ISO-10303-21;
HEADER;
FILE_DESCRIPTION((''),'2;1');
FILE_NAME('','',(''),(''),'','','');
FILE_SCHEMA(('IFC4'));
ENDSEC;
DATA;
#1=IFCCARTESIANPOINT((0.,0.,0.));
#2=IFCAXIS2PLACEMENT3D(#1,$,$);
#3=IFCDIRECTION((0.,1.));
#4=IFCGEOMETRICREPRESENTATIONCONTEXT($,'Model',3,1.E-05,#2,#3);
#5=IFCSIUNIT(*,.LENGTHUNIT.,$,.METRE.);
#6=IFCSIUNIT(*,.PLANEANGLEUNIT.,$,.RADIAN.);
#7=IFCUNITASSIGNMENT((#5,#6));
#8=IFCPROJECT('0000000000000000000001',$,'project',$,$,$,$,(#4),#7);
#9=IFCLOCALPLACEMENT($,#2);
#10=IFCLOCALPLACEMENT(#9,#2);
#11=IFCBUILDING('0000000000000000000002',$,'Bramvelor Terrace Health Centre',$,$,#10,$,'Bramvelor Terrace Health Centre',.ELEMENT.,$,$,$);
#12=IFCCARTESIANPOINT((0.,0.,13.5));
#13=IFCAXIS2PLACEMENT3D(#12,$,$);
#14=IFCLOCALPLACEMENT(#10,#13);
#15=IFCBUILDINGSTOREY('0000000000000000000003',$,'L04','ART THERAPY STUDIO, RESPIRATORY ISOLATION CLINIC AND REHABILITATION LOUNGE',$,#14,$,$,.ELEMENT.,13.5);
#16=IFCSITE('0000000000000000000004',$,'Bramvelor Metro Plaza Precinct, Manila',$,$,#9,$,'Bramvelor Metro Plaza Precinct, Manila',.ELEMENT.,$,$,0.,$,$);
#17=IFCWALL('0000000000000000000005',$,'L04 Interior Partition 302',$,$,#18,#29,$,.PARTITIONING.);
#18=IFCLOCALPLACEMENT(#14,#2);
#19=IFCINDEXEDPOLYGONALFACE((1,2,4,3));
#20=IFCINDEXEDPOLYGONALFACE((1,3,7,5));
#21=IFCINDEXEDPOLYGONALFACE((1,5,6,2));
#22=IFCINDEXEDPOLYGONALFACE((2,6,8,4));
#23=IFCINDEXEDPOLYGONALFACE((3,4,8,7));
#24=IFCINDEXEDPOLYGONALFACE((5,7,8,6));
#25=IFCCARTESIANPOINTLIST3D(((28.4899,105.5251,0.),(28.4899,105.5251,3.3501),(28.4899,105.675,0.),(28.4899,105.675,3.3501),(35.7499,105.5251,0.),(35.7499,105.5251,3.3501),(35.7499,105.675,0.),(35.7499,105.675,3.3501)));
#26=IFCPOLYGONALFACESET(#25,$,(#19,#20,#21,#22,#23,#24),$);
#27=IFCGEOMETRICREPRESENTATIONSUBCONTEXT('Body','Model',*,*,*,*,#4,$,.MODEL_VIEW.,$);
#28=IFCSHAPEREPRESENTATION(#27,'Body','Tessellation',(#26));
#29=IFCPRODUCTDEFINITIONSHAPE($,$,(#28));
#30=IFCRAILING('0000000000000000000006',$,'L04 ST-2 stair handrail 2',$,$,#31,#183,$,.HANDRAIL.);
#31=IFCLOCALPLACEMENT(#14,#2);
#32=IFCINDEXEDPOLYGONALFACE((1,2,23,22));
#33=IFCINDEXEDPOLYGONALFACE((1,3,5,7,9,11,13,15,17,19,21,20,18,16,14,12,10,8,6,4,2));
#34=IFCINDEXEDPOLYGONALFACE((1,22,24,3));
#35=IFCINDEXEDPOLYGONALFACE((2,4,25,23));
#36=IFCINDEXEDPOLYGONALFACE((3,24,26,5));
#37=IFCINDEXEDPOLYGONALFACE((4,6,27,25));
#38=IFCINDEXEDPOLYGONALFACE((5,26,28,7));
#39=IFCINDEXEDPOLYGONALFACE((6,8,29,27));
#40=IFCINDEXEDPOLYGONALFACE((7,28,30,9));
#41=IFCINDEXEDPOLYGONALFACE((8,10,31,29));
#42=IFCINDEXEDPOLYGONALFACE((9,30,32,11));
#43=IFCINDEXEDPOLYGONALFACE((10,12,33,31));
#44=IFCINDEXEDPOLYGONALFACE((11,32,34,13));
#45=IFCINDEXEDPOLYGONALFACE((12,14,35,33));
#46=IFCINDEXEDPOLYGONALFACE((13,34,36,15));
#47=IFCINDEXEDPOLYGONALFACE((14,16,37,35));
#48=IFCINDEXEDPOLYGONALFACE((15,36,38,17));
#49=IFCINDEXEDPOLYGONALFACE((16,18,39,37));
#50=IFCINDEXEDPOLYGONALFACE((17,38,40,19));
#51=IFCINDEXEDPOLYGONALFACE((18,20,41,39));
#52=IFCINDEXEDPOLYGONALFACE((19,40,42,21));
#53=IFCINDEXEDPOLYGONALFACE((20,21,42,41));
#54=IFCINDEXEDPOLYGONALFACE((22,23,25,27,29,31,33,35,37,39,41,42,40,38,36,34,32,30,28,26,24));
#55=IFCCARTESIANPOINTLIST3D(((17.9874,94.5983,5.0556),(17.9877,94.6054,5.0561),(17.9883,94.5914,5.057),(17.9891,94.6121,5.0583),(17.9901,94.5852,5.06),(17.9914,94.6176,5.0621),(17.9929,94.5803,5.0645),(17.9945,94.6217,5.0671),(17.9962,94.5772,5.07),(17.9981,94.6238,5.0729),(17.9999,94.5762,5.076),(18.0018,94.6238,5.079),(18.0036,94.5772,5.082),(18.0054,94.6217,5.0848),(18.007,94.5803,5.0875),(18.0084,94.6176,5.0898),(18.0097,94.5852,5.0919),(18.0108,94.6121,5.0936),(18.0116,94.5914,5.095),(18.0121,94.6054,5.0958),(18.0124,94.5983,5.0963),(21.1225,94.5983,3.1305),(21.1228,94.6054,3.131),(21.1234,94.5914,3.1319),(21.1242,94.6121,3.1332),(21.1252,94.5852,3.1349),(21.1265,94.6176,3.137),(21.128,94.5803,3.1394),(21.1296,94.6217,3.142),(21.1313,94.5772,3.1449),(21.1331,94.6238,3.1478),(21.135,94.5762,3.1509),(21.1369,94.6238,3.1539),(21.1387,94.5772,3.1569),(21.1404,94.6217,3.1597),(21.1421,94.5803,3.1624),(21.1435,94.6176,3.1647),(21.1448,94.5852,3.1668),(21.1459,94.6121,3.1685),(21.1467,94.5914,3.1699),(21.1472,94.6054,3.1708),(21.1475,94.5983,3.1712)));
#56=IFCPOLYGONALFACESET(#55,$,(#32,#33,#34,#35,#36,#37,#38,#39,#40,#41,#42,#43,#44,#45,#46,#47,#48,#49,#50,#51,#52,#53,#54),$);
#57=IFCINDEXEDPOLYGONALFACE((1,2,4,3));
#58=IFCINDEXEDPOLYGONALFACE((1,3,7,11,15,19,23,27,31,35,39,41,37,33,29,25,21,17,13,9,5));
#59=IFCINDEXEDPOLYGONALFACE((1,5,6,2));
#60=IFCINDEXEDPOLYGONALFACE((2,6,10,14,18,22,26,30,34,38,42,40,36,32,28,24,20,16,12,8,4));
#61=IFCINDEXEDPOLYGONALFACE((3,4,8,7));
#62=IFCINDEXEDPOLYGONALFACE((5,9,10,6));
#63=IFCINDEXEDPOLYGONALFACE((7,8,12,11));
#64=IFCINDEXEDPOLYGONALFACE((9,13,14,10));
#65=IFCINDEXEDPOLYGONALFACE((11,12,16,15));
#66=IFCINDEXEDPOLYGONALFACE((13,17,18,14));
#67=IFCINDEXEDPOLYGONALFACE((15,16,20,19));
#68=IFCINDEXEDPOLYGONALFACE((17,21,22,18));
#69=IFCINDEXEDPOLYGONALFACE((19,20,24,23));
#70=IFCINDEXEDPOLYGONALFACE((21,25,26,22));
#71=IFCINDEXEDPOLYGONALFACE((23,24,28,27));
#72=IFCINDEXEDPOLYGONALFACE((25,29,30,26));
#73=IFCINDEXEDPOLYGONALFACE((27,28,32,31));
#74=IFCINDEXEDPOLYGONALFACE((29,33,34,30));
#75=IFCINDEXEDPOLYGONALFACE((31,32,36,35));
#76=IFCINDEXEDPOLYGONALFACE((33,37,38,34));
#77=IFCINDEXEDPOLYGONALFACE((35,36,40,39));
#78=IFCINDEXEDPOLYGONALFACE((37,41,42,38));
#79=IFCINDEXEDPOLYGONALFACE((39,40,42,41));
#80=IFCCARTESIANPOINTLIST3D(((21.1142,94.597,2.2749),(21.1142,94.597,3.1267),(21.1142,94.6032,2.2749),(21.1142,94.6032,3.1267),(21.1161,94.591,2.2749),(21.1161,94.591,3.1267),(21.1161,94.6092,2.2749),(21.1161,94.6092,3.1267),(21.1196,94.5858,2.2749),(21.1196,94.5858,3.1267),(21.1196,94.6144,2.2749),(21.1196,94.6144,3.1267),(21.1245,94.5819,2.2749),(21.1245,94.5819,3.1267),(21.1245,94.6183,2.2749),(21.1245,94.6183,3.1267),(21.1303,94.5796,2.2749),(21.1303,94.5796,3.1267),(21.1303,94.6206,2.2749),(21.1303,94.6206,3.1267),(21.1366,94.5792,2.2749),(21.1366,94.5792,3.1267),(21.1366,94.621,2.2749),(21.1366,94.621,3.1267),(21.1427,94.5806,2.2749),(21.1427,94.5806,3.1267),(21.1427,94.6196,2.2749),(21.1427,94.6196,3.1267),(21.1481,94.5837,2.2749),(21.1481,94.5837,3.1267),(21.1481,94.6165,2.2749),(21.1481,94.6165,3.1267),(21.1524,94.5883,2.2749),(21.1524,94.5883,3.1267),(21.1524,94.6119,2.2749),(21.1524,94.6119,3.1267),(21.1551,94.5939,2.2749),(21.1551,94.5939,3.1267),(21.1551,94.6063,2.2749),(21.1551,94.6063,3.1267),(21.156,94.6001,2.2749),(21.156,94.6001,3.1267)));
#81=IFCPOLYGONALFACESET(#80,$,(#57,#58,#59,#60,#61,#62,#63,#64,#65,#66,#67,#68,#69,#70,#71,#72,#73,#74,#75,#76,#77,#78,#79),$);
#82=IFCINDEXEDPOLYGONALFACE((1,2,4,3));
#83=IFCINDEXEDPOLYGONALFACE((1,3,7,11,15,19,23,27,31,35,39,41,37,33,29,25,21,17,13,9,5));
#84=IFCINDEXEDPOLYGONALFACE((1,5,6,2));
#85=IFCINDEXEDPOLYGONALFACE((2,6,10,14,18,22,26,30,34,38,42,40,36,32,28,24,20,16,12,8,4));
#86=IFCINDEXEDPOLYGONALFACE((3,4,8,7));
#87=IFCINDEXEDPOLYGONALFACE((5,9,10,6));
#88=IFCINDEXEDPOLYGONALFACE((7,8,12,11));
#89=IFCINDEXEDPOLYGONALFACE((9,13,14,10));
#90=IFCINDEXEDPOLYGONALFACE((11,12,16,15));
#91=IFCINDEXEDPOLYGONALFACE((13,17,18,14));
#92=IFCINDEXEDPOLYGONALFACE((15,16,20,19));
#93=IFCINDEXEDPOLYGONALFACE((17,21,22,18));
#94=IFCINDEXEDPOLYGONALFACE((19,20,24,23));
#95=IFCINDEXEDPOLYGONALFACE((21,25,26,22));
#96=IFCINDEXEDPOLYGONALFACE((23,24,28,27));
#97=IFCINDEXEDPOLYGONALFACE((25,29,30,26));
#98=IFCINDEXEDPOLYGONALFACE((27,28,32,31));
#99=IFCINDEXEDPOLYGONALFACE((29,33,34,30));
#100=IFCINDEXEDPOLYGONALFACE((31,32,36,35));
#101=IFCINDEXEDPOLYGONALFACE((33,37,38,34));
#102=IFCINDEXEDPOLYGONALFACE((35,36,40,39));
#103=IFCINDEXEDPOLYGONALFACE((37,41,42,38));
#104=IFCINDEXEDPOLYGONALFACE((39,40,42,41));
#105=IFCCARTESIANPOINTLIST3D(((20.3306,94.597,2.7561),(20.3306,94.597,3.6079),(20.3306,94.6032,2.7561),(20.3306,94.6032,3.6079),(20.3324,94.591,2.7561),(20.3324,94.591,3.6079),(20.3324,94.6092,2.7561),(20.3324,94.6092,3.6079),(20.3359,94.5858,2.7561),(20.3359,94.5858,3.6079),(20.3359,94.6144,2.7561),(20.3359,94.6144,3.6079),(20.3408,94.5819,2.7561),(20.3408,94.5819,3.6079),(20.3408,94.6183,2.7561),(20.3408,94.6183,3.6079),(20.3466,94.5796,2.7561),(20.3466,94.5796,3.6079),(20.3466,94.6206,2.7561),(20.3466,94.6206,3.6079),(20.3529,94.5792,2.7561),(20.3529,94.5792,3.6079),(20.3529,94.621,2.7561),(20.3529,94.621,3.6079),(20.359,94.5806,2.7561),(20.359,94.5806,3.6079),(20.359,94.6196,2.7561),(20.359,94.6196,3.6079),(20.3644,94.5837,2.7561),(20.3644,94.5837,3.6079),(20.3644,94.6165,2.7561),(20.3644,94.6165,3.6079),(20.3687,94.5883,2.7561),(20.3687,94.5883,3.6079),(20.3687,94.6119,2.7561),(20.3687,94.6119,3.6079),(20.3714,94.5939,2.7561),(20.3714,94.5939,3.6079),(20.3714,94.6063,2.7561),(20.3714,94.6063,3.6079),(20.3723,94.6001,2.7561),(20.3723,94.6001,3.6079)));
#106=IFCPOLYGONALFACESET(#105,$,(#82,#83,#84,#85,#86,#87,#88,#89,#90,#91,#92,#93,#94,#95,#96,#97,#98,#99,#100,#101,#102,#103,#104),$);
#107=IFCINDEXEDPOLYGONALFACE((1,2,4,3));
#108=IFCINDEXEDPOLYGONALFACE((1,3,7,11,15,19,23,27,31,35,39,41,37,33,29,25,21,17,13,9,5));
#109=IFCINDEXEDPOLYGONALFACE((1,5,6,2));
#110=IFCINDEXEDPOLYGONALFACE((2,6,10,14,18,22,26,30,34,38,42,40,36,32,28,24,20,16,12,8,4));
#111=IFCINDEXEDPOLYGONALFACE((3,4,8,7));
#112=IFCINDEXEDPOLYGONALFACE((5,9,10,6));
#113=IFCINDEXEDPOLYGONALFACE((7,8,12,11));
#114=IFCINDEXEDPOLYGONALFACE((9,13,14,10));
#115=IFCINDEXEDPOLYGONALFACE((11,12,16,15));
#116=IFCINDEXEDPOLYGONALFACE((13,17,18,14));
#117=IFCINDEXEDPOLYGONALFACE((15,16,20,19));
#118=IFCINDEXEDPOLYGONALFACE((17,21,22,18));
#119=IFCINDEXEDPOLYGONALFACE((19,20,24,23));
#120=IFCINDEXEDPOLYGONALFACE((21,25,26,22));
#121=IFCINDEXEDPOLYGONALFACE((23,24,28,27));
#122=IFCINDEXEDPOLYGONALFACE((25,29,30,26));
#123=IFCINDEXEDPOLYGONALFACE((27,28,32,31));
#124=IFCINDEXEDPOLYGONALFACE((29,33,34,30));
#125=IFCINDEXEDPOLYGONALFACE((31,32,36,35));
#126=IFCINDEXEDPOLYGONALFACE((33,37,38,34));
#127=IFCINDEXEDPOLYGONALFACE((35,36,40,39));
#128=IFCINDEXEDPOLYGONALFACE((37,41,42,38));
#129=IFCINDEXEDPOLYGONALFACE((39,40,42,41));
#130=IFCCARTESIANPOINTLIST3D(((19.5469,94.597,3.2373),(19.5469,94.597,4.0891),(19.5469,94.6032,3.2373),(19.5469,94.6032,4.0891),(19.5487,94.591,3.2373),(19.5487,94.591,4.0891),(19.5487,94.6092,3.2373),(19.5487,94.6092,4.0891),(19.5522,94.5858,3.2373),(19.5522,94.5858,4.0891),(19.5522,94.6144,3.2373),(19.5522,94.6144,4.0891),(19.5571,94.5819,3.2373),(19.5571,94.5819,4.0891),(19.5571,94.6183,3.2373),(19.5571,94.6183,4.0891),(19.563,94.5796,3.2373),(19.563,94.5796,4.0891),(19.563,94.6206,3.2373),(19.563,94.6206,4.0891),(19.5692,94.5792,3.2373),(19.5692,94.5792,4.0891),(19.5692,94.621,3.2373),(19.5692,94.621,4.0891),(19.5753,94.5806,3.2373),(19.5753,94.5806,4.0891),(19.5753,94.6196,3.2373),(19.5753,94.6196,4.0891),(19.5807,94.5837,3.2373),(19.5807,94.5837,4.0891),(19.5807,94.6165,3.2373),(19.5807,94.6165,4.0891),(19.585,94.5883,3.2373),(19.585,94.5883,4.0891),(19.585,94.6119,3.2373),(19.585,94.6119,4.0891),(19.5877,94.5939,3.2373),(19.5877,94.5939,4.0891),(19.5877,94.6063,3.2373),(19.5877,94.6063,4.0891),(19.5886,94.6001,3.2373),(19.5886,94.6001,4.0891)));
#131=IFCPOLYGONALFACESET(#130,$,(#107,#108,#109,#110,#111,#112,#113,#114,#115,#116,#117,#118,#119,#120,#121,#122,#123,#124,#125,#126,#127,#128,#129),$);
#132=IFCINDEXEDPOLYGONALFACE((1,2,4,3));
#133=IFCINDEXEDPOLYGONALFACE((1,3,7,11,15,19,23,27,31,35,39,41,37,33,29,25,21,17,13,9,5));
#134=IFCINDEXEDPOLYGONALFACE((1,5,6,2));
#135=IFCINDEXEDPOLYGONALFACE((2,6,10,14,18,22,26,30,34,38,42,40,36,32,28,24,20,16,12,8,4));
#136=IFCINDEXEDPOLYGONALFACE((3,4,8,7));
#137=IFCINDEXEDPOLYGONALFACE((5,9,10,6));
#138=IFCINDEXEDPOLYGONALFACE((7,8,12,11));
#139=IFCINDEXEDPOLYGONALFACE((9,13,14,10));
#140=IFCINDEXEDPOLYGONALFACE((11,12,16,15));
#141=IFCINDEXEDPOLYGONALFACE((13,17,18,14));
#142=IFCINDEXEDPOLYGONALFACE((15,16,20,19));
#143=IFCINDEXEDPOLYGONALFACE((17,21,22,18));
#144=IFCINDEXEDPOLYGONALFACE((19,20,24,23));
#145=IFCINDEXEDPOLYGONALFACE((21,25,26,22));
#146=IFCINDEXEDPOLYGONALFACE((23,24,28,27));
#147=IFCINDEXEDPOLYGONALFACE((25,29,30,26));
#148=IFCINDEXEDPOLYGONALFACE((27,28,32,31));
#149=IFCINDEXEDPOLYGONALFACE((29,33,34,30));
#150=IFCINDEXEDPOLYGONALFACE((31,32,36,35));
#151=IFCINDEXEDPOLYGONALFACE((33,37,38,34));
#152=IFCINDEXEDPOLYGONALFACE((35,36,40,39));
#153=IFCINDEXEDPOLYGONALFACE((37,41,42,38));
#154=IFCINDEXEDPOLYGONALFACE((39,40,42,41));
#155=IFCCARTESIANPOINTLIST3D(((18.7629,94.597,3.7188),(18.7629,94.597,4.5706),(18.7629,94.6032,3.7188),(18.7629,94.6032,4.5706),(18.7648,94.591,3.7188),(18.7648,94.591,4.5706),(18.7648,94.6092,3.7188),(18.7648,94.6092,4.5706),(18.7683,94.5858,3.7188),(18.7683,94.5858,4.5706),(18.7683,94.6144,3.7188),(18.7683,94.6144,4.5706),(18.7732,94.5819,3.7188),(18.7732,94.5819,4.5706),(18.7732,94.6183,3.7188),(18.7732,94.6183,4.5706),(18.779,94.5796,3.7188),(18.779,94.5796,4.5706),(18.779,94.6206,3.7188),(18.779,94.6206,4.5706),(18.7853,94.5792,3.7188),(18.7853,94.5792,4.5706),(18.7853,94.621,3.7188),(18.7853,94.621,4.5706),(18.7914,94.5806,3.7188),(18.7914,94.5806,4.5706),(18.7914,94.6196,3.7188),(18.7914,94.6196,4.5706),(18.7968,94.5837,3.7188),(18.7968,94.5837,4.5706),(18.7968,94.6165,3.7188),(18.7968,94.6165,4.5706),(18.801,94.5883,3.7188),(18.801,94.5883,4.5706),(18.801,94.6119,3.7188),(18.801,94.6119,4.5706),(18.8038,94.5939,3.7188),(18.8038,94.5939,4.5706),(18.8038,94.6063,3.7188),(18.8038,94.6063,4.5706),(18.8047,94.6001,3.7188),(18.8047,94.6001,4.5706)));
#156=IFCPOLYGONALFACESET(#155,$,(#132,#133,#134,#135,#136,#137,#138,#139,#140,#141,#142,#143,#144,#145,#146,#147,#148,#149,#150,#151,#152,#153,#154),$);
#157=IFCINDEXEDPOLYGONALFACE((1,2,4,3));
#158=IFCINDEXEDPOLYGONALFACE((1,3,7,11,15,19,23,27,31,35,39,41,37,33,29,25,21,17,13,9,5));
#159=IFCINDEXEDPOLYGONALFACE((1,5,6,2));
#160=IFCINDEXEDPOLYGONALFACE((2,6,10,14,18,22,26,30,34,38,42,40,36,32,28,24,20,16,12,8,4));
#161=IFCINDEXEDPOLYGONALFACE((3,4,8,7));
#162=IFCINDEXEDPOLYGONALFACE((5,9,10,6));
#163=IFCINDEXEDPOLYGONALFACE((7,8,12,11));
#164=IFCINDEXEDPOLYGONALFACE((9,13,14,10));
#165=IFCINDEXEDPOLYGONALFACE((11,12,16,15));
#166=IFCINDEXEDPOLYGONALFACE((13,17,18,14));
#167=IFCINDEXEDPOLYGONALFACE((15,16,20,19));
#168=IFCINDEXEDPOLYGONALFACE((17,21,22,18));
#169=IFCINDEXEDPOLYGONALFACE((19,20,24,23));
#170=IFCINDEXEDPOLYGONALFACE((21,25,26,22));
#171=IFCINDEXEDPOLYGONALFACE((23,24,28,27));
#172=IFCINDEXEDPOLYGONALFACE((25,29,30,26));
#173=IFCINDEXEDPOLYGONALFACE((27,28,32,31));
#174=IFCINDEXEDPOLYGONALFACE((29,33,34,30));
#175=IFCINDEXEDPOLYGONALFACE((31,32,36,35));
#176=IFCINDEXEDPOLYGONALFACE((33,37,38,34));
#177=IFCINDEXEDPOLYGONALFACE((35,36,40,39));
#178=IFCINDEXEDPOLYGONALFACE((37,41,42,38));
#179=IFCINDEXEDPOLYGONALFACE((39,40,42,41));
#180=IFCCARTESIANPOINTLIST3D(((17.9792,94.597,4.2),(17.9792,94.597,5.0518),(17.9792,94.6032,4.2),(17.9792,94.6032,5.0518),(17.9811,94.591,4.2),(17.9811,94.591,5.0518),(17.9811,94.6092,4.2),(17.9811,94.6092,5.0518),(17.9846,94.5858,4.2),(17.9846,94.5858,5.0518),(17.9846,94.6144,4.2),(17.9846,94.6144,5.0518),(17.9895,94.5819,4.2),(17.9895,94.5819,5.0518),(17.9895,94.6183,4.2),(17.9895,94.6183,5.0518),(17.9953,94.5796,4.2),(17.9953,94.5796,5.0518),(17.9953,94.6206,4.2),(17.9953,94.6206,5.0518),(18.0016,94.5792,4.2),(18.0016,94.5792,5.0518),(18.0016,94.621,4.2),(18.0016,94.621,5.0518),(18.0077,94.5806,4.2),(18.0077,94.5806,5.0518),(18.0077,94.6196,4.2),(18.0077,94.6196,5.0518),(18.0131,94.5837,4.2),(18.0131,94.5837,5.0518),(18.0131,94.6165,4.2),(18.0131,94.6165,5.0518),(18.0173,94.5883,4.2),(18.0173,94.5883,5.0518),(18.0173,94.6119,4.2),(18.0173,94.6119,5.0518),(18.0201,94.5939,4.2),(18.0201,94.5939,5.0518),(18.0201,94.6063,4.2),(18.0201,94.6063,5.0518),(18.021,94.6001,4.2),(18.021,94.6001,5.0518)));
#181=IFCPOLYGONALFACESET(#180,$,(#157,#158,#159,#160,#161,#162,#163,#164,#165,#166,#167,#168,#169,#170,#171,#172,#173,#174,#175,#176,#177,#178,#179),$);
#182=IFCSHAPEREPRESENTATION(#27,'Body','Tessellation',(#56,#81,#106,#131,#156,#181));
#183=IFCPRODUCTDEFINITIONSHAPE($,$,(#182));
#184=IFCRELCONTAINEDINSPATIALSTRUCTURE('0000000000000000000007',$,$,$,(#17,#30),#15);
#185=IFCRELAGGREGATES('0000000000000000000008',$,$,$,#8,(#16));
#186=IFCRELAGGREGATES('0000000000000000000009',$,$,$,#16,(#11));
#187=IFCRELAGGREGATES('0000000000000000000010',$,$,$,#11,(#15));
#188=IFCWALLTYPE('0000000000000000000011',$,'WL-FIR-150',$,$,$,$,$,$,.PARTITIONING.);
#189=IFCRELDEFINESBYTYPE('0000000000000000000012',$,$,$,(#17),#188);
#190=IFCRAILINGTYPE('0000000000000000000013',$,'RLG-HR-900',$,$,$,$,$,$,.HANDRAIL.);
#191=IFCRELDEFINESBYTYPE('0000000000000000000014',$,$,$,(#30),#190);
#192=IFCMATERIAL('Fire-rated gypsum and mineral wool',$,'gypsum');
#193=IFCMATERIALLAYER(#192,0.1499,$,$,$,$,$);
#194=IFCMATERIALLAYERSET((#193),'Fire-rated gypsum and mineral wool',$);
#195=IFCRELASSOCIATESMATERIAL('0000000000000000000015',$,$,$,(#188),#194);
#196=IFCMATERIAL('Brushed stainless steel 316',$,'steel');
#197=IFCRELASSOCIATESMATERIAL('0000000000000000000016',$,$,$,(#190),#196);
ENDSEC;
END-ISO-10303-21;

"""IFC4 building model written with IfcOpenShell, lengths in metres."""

from ifc_helpers import new_model, si_unit, direction, frame, frame_2d, origin, origin_2d, place, context, subcontext, project, spatial, rectangle, circle, extrude, material, layer, layer_set, type_object, element, save


model = new_model("IFC4")

# Units and contexts
model_context = context("Model", 3, precision=1e-05, world=origin(), true_north=direction((0.0, 1.0)))
body_context = subcontext(model_context, "Body", "Model", "MODEL_VIEW")
ifc_project = project(units=[si_unit("LENGTHUNIT", "METRE"), si_unit("PLANEANGLEUNIT", "RADIAN")], contexts=[model_context])

# Site, building, storey
site_placement = place(None, origin())
site = spatial("IfcSite", under=ifc_project, at=site_placement, Name="Bramvelor Metro Plaza Precinct, Manila", LongName="Bramvelor Metro Plaza Precinct, Manila", CompositionType="ELEMENT", RefElevation=0.0)
building_placement = place(site_placement, origin())
building = spatial("IfcBuilding", under=site, at=building_placement, Name="Bramvelor Terrace Health Centre", LongName="Bramvelor Terrace Health Centre", CompositionType="ELEMENT")
storey_placement = place(building_placement, frame((0.0, 0.0, 13.5)))
storey = spatial("IfcBuildingStorey", under=building, at=storey_placement, Name="L04", Description="ART THERAPY STUDIO, RESPIRATORY ISOLATION CLINIC AND REHABILITATION LOUNGE", CompositionType="ELEMENT", Elevation=13.5)

# Wall
ifc_material_1 = material(Name="Fire-rated gypsum and mineral wool", Category="gypsum")
ifc_layer_1 = layer(ifc_material_1, 0.1499)
ifc_layer_set_1 = layer_set([ifc_layer_1], Name="Fire-rated gypsum and mineral wool")
wall_type_1 = type_object("IfcWallType", Name="WL-FIR-150", PredefinedType="PARTITIONING", material=ifc_layer_set_1)
wall_1_placement = place(storey_placement, frame((28.49, 105.6001, 0.0), z_axis=(0.0, 0.0, 1.0), x_axis=(1.0, 0.0, 0.0)))
element("IfcWall", 1, at=wall_1_placement, inside=storey, type_object=wall_type_1, Name="L04 Interior Partition 302", PredefinedType="PARTITIONING", context=body_context, shape_type="SweptSolid", body=[
    extrude(rectangle(XDim=7.26, YDim=0.1499, at=frame_2d((3.6299, 0.0))), origin(), (0.0, 0.0, 1.0), 3.3501),
])

# Railing
ifc_material_2 = material(Name="Brushed stainless steel 316", Category="steel")
railing_type = type_object("IfcRailingType", Name="RLG-HR-900", PredefinedType="HANDRAIL", material=ifc_material_2)
railing_placement = place(storey_placement, frame((21.135, 94.6001, 2.2749)))
element("IfcRailing", 2, at=railing_placement, inside=storey, type_object=railing_type, Name="L04 ST-2 stair handrail 2", PredefinedType="HANDRAIL", context=body_context, shape_type="SweptSolid", body=[
    extrude(circle(Radius=0.0239, at=origin_2d()), frame((0.0, 0.0, 0.876), z_axis=(-0.852166, 0.0, 0.523271), x_axis=(0.0, -1.0, 0.0)), (0.0, 0.0, 1.0), 3.679),
    extrude(circle(Radius=0.021, at=origin_2d()), origin(), (0.0, 0.0, 1.0), 0.8518),
    extrude(circle(Radius=0.021, at=origin_2d()), frame((-0.7837, 0.0, 0.4812)), (0.0, 0.0, 1.0), 0.8518),
    extrude(circle(Radius=0.021, at=origin_2d()), frame((-1.5674, 0.0, 0.9624)), (0.0, 0.0, 1.0), 0.8518),
    extrude(circle(Radius=0.021, at=origin_2d()), frame((-2.3513, 0.0, 1.4438)), (0.0, 0.0, 1.0), 0.8518),
    extrude(circle(Radius=0.021, at=origin_2d()), frame((-3.135, 0.0, 1.925)), (0.0, 0.0, 1.0), 0.8518),
])

save(model, "model.ifc")
